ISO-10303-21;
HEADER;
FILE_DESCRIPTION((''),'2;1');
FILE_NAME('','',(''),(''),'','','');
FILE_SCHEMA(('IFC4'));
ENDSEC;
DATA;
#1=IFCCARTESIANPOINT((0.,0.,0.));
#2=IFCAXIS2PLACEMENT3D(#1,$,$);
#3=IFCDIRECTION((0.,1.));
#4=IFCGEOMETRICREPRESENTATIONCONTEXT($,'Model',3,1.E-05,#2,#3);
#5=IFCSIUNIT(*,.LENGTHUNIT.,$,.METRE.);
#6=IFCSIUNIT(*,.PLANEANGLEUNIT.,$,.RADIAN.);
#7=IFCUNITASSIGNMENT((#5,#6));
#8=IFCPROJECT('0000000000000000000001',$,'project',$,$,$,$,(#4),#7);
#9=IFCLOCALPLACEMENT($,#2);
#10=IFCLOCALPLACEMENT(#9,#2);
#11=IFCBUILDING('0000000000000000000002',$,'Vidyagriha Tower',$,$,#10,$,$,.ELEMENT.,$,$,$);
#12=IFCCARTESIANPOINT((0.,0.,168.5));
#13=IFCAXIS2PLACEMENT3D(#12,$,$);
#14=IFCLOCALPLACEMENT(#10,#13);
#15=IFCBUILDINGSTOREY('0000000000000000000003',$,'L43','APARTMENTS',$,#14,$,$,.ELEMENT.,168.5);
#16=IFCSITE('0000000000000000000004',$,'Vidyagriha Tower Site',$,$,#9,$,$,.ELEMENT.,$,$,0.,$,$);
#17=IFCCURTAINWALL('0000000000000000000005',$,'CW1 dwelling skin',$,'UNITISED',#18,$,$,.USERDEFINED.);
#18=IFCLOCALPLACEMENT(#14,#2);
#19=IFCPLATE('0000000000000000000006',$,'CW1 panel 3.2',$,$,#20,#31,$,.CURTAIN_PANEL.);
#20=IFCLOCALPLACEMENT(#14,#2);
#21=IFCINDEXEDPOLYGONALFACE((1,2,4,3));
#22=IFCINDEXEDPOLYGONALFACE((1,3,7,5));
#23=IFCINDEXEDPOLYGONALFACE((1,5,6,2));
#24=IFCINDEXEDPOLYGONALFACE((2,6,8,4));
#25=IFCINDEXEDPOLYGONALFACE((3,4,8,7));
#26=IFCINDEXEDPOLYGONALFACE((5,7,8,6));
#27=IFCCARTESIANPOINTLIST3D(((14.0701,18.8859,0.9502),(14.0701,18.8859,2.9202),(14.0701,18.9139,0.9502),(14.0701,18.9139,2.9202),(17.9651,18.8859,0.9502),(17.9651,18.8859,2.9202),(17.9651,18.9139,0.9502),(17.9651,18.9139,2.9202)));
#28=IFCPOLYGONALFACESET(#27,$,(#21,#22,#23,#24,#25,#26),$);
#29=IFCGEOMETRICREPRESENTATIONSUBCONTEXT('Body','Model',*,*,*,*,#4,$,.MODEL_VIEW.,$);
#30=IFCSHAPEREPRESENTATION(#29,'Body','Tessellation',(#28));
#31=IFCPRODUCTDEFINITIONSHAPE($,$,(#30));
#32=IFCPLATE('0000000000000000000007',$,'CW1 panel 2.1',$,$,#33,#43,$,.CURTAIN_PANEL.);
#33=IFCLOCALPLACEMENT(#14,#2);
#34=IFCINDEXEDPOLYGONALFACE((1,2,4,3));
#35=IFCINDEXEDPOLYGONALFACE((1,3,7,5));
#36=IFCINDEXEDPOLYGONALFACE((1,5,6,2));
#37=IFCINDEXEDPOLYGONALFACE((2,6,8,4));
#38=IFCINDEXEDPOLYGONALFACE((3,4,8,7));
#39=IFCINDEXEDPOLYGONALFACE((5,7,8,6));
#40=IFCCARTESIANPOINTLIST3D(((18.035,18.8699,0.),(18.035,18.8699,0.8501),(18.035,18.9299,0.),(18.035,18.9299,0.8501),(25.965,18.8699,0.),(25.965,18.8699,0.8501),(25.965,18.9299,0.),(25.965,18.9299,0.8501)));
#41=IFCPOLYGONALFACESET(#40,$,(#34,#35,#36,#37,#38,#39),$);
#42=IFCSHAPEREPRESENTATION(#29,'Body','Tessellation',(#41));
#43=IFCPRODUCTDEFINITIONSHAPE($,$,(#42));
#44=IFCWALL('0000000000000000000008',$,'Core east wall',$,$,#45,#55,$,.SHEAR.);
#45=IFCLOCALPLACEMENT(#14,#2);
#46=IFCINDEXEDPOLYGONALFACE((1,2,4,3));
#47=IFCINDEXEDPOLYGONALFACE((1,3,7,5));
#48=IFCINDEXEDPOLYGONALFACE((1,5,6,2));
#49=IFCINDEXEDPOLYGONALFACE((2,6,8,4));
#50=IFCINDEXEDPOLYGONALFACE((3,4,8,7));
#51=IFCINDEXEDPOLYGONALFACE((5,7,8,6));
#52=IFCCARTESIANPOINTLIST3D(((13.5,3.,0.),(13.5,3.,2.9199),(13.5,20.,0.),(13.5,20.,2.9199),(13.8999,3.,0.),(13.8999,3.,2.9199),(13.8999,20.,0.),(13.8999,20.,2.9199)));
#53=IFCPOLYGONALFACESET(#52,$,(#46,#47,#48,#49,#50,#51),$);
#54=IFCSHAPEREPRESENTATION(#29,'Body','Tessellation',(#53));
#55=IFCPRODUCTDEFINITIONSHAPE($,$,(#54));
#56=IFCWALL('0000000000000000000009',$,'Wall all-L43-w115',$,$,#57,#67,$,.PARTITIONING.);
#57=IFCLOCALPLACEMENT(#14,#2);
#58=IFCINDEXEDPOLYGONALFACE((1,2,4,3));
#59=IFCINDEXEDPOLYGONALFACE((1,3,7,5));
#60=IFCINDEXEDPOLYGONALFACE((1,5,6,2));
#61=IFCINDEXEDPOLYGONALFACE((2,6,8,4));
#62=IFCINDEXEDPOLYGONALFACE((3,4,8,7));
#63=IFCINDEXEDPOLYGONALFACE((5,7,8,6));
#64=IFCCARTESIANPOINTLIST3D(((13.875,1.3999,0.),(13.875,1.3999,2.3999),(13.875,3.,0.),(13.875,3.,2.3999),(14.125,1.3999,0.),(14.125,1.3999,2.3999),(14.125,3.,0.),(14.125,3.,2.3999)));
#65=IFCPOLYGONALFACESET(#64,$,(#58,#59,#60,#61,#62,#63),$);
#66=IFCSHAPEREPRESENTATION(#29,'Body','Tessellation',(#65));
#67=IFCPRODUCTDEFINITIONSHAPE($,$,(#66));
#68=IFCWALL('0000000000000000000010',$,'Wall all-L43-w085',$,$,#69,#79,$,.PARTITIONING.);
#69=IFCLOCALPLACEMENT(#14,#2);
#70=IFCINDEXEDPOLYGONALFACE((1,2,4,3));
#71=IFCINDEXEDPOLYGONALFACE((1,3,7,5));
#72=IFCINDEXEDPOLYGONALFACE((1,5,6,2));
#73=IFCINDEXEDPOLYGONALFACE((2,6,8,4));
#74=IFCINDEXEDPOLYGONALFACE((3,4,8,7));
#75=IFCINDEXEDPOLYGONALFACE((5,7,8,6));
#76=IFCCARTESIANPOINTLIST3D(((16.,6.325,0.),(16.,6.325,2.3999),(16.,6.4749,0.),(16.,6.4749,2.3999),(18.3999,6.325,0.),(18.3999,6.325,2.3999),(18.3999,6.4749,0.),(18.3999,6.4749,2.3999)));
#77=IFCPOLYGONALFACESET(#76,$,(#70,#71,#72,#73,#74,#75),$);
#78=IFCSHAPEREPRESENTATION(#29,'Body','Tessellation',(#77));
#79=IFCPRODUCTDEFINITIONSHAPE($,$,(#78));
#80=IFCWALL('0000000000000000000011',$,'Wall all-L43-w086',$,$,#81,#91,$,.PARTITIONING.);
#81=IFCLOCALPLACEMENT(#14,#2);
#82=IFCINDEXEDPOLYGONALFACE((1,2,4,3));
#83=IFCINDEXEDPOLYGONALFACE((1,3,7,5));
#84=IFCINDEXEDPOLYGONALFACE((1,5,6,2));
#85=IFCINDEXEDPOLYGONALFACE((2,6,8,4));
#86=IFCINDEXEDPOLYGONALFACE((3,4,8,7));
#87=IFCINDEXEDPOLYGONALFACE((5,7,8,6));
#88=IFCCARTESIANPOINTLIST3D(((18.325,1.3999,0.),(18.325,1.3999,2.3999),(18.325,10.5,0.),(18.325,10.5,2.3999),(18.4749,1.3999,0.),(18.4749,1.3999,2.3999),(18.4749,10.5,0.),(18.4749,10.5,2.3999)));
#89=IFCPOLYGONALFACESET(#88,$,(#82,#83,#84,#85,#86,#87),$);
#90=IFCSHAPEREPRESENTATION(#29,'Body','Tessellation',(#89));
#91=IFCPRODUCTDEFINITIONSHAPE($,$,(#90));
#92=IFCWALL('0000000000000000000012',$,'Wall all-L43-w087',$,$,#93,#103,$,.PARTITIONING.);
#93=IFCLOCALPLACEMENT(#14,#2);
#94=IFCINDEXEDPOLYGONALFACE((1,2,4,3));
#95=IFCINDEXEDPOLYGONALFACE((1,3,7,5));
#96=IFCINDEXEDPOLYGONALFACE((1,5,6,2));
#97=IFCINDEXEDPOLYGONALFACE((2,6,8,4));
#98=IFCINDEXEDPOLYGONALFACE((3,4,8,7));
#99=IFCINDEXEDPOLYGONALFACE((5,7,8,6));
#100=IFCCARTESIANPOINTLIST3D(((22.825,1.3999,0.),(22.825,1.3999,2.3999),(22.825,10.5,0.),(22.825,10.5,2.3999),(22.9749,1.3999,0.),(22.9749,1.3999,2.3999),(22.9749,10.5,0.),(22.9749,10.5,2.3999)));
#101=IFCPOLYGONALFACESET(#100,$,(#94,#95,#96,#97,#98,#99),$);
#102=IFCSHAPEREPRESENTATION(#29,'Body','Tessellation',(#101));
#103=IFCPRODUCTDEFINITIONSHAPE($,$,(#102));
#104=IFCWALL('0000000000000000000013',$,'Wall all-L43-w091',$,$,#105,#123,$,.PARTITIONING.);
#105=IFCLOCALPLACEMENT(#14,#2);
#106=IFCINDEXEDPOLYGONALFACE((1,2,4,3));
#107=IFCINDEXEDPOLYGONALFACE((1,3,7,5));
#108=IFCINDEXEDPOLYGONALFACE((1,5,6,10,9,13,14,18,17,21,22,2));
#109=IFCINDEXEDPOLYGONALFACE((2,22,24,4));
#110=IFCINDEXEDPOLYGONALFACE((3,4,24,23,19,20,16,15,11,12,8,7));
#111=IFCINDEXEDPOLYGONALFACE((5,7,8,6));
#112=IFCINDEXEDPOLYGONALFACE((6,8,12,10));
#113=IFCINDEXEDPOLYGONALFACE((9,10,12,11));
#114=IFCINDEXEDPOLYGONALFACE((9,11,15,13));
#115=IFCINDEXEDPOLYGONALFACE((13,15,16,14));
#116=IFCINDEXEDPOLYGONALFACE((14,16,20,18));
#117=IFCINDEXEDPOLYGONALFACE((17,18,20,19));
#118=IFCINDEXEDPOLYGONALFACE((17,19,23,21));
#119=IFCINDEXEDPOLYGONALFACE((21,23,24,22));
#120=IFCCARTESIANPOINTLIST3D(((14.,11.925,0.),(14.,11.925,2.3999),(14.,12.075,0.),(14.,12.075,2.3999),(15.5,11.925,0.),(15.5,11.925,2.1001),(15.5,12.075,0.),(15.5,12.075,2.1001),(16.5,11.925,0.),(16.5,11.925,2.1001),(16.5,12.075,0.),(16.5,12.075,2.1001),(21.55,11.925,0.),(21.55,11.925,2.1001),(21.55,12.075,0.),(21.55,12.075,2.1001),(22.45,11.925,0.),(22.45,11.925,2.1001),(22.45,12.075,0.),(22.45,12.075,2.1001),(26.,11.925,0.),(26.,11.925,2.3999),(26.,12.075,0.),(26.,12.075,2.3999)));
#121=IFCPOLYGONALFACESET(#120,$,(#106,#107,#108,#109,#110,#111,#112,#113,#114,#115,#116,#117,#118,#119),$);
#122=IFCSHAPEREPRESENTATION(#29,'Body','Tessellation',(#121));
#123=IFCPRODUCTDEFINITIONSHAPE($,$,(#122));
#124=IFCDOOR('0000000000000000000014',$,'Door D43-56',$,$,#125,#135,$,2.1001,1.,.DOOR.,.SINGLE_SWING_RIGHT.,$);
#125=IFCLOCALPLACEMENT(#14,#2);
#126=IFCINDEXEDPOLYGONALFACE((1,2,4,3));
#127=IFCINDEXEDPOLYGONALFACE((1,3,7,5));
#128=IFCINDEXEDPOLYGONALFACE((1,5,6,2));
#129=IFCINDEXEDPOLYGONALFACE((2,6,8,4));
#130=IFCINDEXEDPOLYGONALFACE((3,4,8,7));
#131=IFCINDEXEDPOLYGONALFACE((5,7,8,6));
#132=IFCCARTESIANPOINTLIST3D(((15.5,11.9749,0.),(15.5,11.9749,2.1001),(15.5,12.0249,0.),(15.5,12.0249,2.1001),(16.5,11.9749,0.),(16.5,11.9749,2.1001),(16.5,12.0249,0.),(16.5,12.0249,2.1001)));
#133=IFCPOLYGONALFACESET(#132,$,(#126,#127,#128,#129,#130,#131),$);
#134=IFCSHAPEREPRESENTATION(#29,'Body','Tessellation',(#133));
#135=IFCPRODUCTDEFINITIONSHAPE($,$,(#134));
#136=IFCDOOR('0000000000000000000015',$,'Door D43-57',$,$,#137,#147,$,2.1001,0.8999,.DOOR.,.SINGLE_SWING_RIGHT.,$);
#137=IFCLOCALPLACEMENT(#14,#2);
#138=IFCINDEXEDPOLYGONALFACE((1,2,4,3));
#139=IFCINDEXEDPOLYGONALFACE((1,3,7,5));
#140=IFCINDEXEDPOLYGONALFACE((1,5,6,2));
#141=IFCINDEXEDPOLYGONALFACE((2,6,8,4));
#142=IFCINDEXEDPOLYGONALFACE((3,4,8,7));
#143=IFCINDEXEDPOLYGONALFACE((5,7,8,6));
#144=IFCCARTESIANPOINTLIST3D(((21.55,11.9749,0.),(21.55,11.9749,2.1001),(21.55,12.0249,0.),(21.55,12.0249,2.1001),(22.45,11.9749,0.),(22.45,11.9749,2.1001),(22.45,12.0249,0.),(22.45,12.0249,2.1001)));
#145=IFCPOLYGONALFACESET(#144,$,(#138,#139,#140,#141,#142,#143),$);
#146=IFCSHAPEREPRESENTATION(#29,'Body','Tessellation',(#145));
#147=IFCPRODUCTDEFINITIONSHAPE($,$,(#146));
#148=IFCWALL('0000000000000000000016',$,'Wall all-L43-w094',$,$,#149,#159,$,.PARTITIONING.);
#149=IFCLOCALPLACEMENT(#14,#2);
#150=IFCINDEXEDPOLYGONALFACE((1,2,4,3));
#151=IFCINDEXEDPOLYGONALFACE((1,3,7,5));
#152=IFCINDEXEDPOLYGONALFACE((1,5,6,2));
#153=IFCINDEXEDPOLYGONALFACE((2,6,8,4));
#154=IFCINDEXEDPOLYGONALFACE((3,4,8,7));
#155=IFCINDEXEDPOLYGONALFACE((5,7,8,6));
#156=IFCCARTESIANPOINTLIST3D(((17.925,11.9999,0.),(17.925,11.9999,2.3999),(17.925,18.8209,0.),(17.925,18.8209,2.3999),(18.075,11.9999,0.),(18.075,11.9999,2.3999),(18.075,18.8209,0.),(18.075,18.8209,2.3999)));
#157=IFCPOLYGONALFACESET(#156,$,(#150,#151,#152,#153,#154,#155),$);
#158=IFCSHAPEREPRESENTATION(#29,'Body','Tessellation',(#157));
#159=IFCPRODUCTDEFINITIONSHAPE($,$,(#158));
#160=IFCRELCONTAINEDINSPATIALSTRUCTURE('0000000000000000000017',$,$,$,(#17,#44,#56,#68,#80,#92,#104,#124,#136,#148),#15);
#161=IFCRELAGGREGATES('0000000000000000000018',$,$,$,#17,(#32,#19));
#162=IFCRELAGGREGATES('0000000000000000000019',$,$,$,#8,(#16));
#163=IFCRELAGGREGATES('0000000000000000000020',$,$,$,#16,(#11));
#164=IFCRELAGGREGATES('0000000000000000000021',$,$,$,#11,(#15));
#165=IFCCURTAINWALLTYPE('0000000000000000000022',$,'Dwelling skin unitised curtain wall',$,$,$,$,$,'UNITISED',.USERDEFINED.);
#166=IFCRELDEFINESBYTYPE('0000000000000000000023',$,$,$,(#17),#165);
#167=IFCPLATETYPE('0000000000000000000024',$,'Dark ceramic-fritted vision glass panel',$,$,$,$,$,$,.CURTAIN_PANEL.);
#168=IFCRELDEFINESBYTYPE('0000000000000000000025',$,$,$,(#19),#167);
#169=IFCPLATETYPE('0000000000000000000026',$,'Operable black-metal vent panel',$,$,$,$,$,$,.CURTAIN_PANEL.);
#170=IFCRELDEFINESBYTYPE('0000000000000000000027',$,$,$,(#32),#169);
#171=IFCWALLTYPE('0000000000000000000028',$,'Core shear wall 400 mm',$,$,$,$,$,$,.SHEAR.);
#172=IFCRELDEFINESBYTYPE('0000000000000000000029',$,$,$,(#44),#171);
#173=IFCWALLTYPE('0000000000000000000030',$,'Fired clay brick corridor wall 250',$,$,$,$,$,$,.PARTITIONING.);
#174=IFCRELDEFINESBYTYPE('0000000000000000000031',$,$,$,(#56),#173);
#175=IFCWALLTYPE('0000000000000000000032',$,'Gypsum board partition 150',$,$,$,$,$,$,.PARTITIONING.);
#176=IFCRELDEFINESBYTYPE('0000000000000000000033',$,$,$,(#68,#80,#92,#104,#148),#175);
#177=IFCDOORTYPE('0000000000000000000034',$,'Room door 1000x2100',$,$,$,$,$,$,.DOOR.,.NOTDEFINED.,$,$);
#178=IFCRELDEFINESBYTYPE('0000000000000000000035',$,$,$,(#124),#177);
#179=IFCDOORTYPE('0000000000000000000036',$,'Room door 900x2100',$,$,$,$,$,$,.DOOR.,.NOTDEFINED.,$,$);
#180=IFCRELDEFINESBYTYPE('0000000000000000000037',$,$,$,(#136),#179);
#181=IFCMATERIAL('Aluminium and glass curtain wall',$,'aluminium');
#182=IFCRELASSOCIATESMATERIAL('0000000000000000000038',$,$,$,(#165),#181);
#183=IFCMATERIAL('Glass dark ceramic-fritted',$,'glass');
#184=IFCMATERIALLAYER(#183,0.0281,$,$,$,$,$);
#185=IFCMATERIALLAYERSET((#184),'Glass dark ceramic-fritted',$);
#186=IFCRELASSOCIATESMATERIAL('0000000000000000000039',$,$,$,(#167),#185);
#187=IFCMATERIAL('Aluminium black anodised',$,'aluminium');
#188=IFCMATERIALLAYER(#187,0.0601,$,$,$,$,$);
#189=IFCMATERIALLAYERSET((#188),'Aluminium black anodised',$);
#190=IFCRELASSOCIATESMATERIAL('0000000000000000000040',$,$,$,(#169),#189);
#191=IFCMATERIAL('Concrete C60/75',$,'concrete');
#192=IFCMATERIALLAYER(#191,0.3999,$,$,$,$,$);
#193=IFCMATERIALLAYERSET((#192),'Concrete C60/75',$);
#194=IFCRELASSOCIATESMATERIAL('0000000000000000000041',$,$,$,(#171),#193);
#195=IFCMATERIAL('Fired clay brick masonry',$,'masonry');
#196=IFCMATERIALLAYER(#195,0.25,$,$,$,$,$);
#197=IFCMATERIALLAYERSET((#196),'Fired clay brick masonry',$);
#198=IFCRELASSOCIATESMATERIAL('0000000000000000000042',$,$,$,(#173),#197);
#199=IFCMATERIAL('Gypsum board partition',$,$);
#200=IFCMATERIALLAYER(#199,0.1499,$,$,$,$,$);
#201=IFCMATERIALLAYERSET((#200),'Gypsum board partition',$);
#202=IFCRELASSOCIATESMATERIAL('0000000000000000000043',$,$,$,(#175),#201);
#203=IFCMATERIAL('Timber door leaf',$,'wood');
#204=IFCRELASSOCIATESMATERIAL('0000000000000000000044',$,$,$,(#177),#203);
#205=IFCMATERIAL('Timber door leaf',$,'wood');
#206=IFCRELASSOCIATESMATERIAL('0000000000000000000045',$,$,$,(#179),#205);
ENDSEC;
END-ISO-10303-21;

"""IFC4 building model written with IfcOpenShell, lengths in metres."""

from ifc_helpers import new_model, si_unit, direction, frame, frame_2d, origin, origin_2d, place, context, subcontext, project, spatial, rectangle, extrude, material, layer, layer_set, type_object, element, fill, aggregate, save


model = new_model("IFC4")

# Units and contexts
model_context = context("Model", 3, precision=1e-05, world=origin(), true_north=direction((0.0, 1.0)))
body_context = subcontext(model_context, "Body", "Model", "MODEL_VIEW")
ifc_project = project(units=[si_unit("LENGTHUNIT", "METRE"), si_unit("PLANEANGLEUNIT", "RADIAN")], contexts=[model_context])

# Site, building, storey
site_placement = place(None, origin())
site = spatial("IfcSite", under=ifc_project, at=site_placement, Name="Vidyagriha Tower Site", CompositionType="ELEMENT", RefElevation=0.0)
building_placement = place(site_placement, origin())
building = spatial("IfcBuilding", under=site, at=building_placement, Name="Vidyagriha Tower", CompositionType="ELEMENT")
storey_placement = place(building_placement, frame((0.0, 0.0, 168.5)))
storey = spatial("IfcBuildingStorey", under=building, at=storey_placement, Name="L43", Description="APARTMENTS", CompositionType="ELEMENT", Elevation=168.5)

# Curtain wall, plates
ifc_material_1 = material(Name="Aluminium and glass curtain wall", Category="aluminium")
curtain_wall_type = type_object("IfcCurtainWallType", Name="Dwelling skin unitised curtain wall", ElementType="UNITISED", PredefinedType="USERDEFINED", material=ifc_material_1)
curtain_wall_placement = place(storey_placement, origin())
curtain_wall = element("IfcCurtainWall", 1, at=curtain_wall_placement, inside=storey, type_object=curtain_wall_type, Name="CW1 dwelling skin", ObjectType="UNITISED", PredefinedType="USERDEFINED")
ifc_material_2 = material(Name="Glass dark ceramic-fritted", Category="glass")
ifc_layer_1 = layer(ifc_material_2, 0.0281)
ifc_layer_set_1 = layer_set([ifc_layer_1], Name="Glass dark ceramic-fritted")
plate_type_1 = type_object("IfcPlateType", Name="Dark ceramic-fritted vision glass panel", PredefinedType="CURTAIN_PANEL", material=ifc_layer_set_1)
plate_1_placement = place(storey_placement, frame((16.0176, 18.8999, 0.9502), z_axis=(0.0, 0.0, 1.0), x_axis=(-1.0, 0.0, 0.0)))
plate_1 = element("IfcPlate", 2, at=plate_1_placement, type_object=plate_type_1, Name="CW1 panel 3.2", PredefinedType="CURTAIN_PANEL", context=body_context, shape_type="SweptSolid", body=[
    extrude(rectangle(XDim=3.895, YDim=0.0281, at=origin_2d()), origin(), (0.0, 0.0, 1.0), 1.97),
])
ifc_material_3 = material(Name="Aluminium black anodised", Category="aluminium")
ifc_layer_2 = layer(ifc_material_3, 0.0601)
ifc_layer_set_2 = layer_set([ifc_layer_2], Name="Aluminium black anodised")
plate_type_2 = type_object("IfcPlateType", Name="Operable black-metal vent panel", PredefinedType="CURTAIN_PANEL", material=ifc_layer_set_2)
plate_2_placement = place(storey_placement, frame((22.0, 18.8999, 0.0), z_axis=(0.0, 0.0, 1.0), x_axis=(-1.0, 0.0, 0.0)))
plate_2 = element("IfcPlate", 3, at=plate_2_placement, type_object=plate_type_2, Name="CW1 panel 2.1", PredefinedType="CURTAIN_PANEL", context=body_context, shape_type="SweptSolid", body=[
    extrude(rectangle(XDim=7.9299, YDim=0.0601, at=origin_2d()), origin(), (0.0, 0.0, 1.0), 0.8501),
])
aggregate(curtain_wall, [plate_2, plate_1])

# Walls
ifc_material_4 = material(Name="Concrete C60/75", Category="concrete")
ifc_layer_3 = layer(ifc_material_4, 0.3999)
ifc_layer_set_3 = layer_set([ifc_layer_3], Name="Concrete C60/75")
wall_type_1 = type_object("IfcWallType", Name="Core shear wall 400 mm", PredefinedType="SHEAR", material=ifc_layer_set_3)
wall_1_placement = place(storey_placement, frame((13.7, 3.0, 0.0), z_axis=(0.0, 0.0, 1.0), x_axis=(0.0, 1.0, 0.0)))
element("IfcWall", 4, at=wall_1_placement, inside=storey, type_object=wall_type_1, Name="Core east wall", PredefinedType="SHEAR", context=body_context, shape_type="SweptSolid", body=[
    extrude(rectangle(XDim=17.0, YDim=0.3999, at=frame_2d((8.5, 0.0))), origin(), (0.0, 0.0, 1.0), 2.9199),
])
ifc_material_5 = material(Name="Fired clay brick masonry", Category="masonry")
ifc_layer_4 = layer(ifc_material_5, 0.25)
ifc_layer_set_4 = layer_set([ifc_layer_4], Name="Fired clay brick masonry")
wall_type_2 = type_object("IfcWallType", Name="Fired clay brick corridor wall 250", PredefinedType="PARTITIONING", material=ifc_layer_set_4)
wall_2_placement = place(storey_placement, frame((14.0, 1.3999, 0.0), z_axis=(0.0, 0.0, 1.0), x_axis=(0.0, 1.0, 0.0)))
element("IfcWall", 5, at=wall_2_placement, inside=storey, type_object=wall_type_2, Name="Wall all-L43-w115", PredefinedType="PARTITIONING", context=body_context, shape_type="SweptSolid", body=[
    extrude(rectangle(XDim=1.6001, YDim=0.25, at=frame_2d((0.8, 0.0))), origin(), (0.0, 0.0, 1.0), 2.3999),
])
ifc_material_6 = material(Name="Gypsum board partition")
ifc_layer_5 = layer(ifc_material_6, 0.1499)
ifc_layer_set_5 = layer_set([ifc_layer_5], Name="Gypsum board partition")
wall_type_3 = type_object("IfcWallType", Name="Gypsum board partition 150", PredefinedType="PARTITIONING", material=ifc_layer_set_5)
wall_3_placement = place(storey_placement, frame((16.0, 6.3999, 0.0)))
element("IfcWall", 6, at=wall_3_placement, inside=storey, type_object=wall_type_3, Name="Wall all-L43-w085", PredefinedType="PARTITIONING", context=body_context, shape_type="SweptSolid", body=[
    extrude(rectangle(XDim=2.3999, YDim=0.1499, at=frame_2d((1.2, 0.0))), origin(), (0.0, 0.0, 1.0), 2.3999),
])
for number, where, z_axis, x_axis, name in (
    (7, (18.3999, 10.5, 0.0), (0.0, 0.0, 1.0), (0.0, -1.0, 0.0), "Wall all-L43-w086"),
    (8, (22.8999, 10.5, 0.0), (0.0, 0.0, 1.0), (0.0, -1.0, 0.0), "Wall all-L43-w087"),
):
    element("IfcWall", number, at=place(storey_placement, frame(where, z_axis=z_axis, x_axis=x_axis)), inside=storey, type_object=wall_type_3, Name=name, PredefinedType="PARTITIONING", context=body_context, shape_type="SweptSolid", body=[
        extrude(rectangle(XDim=9.1001, YDim=0.1499, at=frame_2d((4.55, 0.0))), origin(), (0.0, 0.0, 1.0), 2.3999),
    ])

# Wall, openings, doors
wall_4_placement = place(storey_placement, frame((14.0, 12.0, 0.0)))
wall_4 = element("IfcWall", 9, at=wall_4_placement, inside=storey, type_object=wall_type_3, Name="Wall all-L43-w091", PredefinedType="PARTITIONING", context=body_context, shape_type="SweptSolid", body=[
    extrude(rectangle(XDim=12.0, YDim=0.1499, at=frame_2d((6.0, 0.0))), origin(), (0.0, 0.0, 1.0), 2.3999),
])
opening_1_placement = place(wall_4_placement, frame((1.5, 0.0, 0.0)))
opening_1 = element("IfcOpeningElement", 10, at=opening_1_placement, cuts=wall_4, PredefinedType="OPENING", context=body_context, shape_type="SweptSolid", body=[
    extrude(rectangle(XDim=1.0, YDim=2.1001, at=frame_2d((0.5, 1.05))), frame((0.0, 0.085, 0.0), z_axis=(0.0, -1.0, 0.0), x_axis=(1.0, 0.0, 0.0)), (0.0, 0.0, 1.0), 0.1699),
])
opening_2_placement = place(wall_4_placement, frame((7.55, 0.0, 0.0)))
opening_2 = element("IfcOpeningElement", 11, at=opening_2_placement, cuts=wall_4, PredefinedType="OPENING", context=body_context, shape_type="SweptSolid", body=[
    extrude(rectangle(XDim=0.8999, YDim=2.1001, at=frame_2d((0.45, 1.05))), frame((0.0, 0.085, 0.0), z_axis=(0.0, -1.0, 0.0), x_axis=(1.0, 0.0, 0.0)), (0.0, 0.0, 1.0), 0.1699),
])
ifc_material_7 = material(Name="Timber door leaf", Category="wood")
door_type_1 = type_object("IfcDoorType", Name="Room door 1000x2100", OperationType="NOTDEFINED", PredefinedType="DOOR", material=ifc_material_7)
door_1_placement = place(opening_1_placement, origin())
door_1 = element("IfcDoor", 12, at=door_1_placement, inside=storey, type_object=door_type_1, Name="Door D43-56", OperationType="SINGLE_SWING_RIGHT", OverallHeight=2.1001, OverallWidth=1.0, PredefinedType="DOOR", context=body_context, shape_type="SweptSolid", body=[
    extrude(rectangle(XDim=1.0, YDim=2.1001, at=frame_2d((0.5, 1.05))), frame((0.0, 0.0249, 0.0), z_axis=(0.0, -1.0, 0.0), x_axis=(1.0, 0.0, 0.0)), (0.0, 0.0, 1.0), 0.05),
])
fill(opening_1, door_1)
ifc_material_8 = material(Name="Timber door leaf", Category="wood")
door_type_2 = type_object("IfcDoorType", Name="Room door 900x2100", OperationType="NOTDEFINED", PredefinedType="DOOR", material=ifc_material_8)
door_2_placement = place(opening_2_placement, origin())
door_2 = element("IfcDoor", 13, at=door_2_placement, inside=storey, type_object=door_type_2, Name="Door D43-57", OperationType="SINGLE_SWING_RIGHT", OverallHeight=2.1001, OverallWidth=0.8999, PredefinedType="DOOR", context=body_context, shape_type="SweptSolid", body=[
    extrude(rectangle(XDim=0.8999, YDim=2.1001, at=frame_2d((0.45, 1.05))), frame((0.0, 0.0249, 0.0), z_axis=(0.0, -1.0, 0.0), x_axis=(1.0, 0.0, 0.0)), (0.0, 0.0, 1.0), 0.05),
])
fill(opening_2, door_2)

# Wall
wall_5_placement = place(storey_placement, frame((18.0, 18.821, 0.0), z_axis=(0.0, 0.0, 1.0), x_axis=(0.0, -1.0, 0.0)))
element("IfcWall", 14, at=wall_5_placement, inside=storey, type_object=wall_type_3, Name="Wall all-L43-w094", PredefinedType="PARTITIONING", context=body_context, shape_type="SweptSolid", body=[
    extrude(rectangle(XDim=6.821, YDim=0.1499, at=frame_2d((3.4106, 0.0))), origin(), (0.0, 0.0, 1.0), 2.3999),
])

save(model, "model.ifc")
